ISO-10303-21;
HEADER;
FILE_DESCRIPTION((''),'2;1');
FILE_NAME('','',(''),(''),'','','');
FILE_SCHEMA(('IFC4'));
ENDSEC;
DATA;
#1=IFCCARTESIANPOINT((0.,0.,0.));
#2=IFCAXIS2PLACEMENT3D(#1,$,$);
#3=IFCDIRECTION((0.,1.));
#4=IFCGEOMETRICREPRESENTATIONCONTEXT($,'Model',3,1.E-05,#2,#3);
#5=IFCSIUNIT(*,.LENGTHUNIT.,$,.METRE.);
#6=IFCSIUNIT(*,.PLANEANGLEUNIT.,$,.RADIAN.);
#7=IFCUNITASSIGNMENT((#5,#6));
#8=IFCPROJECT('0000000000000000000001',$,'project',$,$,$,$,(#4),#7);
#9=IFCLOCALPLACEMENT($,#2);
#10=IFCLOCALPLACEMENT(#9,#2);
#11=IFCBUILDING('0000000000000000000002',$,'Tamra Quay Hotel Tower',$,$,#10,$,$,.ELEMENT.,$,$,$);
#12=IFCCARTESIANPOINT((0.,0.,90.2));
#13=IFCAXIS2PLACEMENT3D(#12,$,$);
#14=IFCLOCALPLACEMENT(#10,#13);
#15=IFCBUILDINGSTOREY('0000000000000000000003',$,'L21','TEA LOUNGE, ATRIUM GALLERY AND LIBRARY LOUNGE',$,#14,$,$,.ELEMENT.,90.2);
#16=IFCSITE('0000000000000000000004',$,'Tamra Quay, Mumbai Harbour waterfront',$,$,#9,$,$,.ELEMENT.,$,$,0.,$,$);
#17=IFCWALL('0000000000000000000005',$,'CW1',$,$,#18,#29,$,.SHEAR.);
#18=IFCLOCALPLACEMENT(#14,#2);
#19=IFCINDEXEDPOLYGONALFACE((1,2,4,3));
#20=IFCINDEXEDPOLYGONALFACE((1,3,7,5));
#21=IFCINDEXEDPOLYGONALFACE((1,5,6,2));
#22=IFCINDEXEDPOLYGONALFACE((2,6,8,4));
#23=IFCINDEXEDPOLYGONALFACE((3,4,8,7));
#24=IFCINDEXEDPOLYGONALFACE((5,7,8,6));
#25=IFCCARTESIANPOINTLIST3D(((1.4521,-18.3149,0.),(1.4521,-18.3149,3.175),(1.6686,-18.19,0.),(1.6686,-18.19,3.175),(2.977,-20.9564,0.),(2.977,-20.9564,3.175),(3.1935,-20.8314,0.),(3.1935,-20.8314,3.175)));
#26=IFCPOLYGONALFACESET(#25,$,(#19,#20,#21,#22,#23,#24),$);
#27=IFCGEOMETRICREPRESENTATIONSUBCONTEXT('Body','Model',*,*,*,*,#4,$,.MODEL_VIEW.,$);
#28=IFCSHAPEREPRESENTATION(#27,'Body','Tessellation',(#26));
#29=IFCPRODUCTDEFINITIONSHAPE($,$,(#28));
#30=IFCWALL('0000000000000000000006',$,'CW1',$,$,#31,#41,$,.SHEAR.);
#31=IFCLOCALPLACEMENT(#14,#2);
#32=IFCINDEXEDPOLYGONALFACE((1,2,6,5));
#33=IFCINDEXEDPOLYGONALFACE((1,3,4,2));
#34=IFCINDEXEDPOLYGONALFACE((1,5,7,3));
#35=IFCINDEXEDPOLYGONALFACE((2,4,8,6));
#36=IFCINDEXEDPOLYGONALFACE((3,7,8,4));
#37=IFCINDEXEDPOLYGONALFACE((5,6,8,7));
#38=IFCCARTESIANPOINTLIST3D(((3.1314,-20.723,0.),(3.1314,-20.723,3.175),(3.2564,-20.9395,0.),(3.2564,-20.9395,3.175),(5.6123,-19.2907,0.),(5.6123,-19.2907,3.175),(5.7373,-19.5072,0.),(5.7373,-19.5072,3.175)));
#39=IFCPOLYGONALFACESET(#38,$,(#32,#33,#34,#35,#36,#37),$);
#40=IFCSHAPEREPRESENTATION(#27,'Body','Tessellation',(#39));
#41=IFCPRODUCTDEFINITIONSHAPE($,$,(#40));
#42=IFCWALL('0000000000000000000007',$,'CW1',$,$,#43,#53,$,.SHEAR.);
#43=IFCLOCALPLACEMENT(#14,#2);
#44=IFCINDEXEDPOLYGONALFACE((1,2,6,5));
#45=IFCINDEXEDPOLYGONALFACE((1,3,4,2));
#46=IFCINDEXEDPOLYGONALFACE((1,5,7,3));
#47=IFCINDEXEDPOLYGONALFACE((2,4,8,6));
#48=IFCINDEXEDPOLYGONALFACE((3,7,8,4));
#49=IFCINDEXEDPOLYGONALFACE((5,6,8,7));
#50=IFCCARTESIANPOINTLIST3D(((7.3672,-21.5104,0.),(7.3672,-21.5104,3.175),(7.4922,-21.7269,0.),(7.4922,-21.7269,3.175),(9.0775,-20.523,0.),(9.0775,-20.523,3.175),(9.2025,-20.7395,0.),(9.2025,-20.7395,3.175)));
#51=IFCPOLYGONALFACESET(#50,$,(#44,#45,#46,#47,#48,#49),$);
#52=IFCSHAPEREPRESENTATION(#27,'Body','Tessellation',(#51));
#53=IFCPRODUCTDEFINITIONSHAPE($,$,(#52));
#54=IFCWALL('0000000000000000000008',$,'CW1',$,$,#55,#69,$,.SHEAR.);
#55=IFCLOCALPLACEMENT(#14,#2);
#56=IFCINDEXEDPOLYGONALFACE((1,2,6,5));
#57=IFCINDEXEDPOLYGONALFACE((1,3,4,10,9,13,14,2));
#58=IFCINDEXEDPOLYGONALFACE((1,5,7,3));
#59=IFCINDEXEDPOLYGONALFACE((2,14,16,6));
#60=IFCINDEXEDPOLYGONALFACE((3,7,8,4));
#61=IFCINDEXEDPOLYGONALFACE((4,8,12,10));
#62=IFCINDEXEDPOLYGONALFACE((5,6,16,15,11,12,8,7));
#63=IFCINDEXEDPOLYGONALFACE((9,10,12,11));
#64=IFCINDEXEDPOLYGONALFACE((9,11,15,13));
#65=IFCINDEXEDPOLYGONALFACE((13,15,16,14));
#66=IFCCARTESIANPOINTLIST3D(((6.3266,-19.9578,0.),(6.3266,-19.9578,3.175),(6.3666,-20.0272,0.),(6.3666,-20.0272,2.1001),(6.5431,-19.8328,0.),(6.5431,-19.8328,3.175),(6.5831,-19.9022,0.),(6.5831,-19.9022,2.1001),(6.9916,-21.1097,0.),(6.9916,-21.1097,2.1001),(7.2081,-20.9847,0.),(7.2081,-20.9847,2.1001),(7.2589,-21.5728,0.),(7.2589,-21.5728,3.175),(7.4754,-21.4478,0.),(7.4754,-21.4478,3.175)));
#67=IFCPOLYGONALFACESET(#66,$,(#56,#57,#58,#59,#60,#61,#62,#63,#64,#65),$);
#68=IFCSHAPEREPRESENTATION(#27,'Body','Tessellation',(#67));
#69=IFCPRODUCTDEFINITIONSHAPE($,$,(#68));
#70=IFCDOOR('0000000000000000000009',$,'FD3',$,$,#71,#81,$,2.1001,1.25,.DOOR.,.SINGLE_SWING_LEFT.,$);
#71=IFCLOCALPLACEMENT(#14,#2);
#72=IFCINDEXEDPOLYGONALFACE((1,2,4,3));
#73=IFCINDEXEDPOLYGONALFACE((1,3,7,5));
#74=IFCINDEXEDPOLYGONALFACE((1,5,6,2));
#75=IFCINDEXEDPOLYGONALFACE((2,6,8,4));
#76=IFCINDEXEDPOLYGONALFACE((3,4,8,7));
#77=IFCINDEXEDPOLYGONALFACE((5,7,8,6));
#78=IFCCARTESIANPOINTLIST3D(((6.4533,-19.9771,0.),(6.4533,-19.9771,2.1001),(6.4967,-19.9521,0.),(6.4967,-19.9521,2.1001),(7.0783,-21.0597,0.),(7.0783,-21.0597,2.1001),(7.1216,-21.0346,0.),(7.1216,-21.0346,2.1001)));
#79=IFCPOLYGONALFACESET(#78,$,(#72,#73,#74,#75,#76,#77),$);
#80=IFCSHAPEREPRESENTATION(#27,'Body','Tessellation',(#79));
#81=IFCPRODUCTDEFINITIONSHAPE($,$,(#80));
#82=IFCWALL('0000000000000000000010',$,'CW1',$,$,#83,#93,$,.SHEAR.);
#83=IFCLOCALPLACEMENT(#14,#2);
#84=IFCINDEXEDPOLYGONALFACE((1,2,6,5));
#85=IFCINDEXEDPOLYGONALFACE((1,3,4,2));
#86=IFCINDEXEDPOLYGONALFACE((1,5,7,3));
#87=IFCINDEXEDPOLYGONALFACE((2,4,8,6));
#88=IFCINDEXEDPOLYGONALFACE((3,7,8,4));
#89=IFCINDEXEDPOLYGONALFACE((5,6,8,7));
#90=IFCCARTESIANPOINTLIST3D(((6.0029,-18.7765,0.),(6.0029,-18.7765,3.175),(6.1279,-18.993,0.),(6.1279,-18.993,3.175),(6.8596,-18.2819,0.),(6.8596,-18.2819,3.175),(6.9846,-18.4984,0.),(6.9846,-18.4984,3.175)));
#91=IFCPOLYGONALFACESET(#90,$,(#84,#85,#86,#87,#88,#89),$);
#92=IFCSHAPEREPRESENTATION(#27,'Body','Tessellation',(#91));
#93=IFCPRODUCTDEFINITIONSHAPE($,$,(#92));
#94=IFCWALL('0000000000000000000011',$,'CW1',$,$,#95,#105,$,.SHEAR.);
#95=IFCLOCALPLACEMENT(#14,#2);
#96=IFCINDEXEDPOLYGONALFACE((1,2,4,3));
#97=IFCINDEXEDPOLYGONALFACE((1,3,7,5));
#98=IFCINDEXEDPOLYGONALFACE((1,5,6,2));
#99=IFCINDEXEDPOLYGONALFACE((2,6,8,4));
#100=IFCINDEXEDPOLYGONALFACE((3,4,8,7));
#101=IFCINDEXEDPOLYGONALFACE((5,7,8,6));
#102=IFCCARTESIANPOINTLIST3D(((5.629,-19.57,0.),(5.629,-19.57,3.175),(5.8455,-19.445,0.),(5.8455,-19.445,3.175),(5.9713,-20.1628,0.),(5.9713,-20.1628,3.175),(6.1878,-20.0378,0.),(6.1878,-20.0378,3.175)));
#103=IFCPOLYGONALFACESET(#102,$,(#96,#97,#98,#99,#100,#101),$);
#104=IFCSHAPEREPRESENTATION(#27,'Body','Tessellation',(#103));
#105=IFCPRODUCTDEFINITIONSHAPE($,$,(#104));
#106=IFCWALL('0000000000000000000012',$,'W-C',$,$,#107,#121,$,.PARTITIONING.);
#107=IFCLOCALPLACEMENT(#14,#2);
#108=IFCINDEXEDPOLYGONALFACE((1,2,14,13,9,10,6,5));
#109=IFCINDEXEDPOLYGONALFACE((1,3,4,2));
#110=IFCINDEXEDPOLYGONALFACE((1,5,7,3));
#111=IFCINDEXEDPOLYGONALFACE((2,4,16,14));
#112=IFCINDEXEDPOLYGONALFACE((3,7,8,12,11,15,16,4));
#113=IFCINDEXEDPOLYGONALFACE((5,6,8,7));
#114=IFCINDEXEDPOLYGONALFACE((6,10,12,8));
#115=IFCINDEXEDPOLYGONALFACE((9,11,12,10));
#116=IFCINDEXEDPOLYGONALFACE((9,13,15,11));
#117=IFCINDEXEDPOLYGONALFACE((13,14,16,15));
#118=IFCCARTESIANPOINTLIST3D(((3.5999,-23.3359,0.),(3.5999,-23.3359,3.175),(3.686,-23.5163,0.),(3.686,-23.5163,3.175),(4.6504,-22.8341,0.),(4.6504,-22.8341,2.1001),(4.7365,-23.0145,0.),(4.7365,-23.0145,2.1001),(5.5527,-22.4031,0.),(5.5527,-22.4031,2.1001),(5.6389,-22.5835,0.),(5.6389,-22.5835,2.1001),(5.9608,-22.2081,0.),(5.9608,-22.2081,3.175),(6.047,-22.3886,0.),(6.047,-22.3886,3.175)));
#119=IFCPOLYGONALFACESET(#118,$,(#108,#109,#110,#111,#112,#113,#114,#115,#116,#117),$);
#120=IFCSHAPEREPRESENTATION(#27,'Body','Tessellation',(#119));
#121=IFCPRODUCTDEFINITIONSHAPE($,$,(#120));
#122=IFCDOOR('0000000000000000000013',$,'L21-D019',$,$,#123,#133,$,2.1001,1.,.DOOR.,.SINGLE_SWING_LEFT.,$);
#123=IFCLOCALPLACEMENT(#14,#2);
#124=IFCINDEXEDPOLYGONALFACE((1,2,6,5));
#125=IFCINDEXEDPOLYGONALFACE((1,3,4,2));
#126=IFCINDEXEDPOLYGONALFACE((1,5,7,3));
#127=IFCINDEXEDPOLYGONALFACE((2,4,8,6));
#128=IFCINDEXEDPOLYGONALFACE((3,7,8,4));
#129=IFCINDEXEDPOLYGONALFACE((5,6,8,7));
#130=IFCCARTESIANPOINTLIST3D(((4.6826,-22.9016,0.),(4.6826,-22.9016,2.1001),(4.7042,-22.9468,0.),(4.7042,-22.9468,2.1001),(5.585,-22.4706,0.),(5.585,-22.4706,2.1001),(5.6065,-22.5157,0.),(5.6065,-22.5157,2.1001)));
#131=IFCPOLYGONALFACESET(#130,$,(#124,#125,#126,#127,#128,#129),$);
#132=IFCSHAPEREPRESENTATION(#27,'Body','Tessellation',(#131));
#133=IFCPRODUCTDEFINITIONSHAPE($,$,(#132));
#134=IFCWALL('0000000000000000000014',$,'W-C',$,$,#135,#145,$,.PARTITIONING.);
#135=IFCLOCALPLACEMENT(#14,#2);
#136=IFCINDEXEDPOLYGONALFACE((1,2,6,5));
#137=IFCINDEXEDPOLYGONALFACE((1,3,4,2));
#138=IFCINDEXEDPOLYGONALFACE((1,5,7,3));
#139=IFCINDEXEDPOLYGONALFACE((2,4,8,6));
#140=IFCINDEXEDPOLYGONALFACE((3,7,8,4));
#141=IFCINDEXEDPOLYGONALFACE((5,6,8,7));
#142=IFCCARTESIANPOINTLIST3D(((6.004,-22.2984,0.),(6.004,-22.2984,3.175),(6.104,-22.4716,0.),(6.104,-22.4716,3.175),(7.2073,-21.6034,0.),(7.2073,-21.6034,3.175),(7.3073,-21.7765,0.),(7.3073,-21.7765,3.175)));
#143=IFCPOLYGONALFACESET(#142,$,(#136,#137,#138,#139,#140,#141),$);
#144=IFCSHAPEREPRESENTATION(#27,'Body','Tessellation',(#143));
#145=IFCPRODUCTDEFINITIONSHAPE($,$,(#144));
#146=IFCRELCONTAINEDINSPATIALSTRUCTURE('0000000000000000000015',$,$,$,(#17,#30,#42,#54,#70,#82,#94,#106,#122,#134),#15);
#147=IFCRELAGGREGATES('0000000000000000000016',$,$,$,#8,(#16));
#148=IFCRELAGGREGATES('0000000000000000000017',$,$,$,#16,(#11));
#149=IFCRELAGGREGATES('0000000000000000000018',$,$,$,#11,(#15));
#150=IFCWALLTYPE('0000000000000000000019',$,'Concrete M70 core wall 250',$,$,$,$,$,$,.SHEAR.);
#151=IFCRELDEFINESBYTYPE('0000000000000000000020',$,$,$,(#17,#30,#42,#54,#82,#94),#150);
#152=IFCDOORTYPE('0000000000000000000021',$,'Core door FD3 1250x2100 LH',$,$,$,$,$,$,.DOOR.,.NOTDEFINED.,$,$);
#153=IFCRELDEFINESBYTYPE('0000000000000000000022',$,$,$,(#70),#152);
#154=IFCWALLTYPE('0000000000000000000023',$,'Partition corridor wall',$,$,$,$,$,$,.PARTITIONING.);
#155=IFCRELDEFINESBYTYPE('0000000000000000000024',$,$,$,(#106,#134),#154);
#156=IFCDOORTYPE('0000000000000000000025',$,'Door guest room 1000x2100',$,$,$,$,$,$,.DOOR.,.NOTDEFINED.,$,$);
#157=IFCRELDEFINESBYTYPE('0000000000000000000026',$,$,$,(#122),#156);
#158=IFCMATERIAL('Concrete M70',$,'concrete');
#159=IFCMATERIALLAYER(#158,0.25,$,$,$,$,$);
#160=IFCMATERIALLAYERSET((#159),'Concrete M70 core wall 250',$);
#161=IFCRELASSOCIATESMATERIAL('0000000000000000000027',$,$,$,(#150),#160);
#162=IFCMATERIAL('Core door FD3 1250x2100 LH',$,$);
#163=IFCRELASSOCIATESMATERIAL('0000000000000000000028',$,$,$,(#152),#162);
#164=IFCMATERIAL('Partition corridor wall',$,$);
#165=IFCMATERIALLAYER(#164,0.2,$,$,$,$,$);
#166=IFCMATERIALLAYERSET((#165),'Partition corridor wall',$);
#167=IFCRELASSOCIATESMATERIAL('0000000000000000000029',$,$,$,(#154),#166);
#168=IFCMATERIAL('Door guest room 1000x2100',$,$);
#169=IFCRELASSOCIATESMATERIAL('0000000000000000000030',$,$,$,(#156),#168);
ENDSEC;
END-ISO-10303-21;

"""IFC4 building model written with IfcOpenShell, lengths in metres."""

from ifc_helpers import new_model, si_unit, direction, frame, frame_2d, origin, place, context, subcontext, project, spatial, rectangle, extrude, material, layer, layer_set, type_object, element, fill, save


model = new_model("IFC4")

# Units and contexts
model_context = context("Model", 3, precision=1e-05, world=origin(), true_north=direction((0.0, 1.0)))
body_context = subcontext(model_context, "Body", "Model", "MODEL_VIEW")
ifc_project = project(units=[si_unit("LENGTHUNIT", "METRE"), si_unit("PLANEANGLEUNIT", "RADIAN")], contexts=[model_context])

# Site, building, storey
site_placement = place(None, origin())
site = spatial("IfcSite", under=ifc_project, at=site_placement, Name="Tamra Quay, Mumbai Harbour waterfront", CompositionType="ELEMENT", RefElevation=0.0)
building_placement = place(site_placement, origin())
building = spatial("IfcBuilding", under=site, at=building_placement, Name="Tamra Quay Hotel Tower", CompositionType="ELEMENT")
storey_placement = place(building_placement, frame((0.0, 0.0, 90.2)))
storey = spatial("IfcBuildingStorey", under=building, at=storey_placement, Name="L21", Description="TEA LOUNGE, ATRIUM GALLERY AND LIBRARY LOUNGE", CompositionType="ELEMENT", Elevation=90.2)

# Shared definitions
ifc_material_1 = material(Name="Concrete M70", Category="concrete")

# Walls
ifc_layer_1 = layer(ifc_material_1, 0.25)
ifc_layer_set_1 = layer_set([ifc_layer_1], Name="Concrete M70 core wall 250")
wall_type_1 = type_object("IfcWallType", Name="Concrete M70 core wall 250", PredefinedType="SHEAR", material=ifc_layer_set_1)
wall_1_placement = place(storey_placement, frame((3.0852, -20.8938, 0.0), z_axis=(0.0, 0.0, 1.0), x_axis=(-0.499979, 0.866038, 0.0)))
element("IfcWall", 1, at=wall_1_placement, inside=storey, type_object=wall_type_1, Name="CW1", PredefinedType="SHEAR", context=body_context, shape_type="SweptSolid", body=[
    extrude(rectangle(XDim=3.05, YDim=0.25, at=frame_2d((1.5249, 0.0))), origin(), (0.0, 0.0, 1.0), 3.175),
])
wall_2_placement = place(storey_placement, frame((5.6748, -19.3989, 0.0), z_axis=(0.0, 0.0, 1.0), x_axis=(-0.866027, -0.499998, 0.0)))
element("IfcWall", 2, at=wall_2_placement, inside=storey, type_object=wall_type_1, Name="CW1", PredefinedType="SHEAR", context=body_context, shape_type="SweptSolid", body=[
    extrude(rectangle(XDim=2.8647, YDim=0.25, at=frame_2d((1.4324, 0.0))), origin(), (0.0, 0.0, 1.0), 3.175),
])
wall_3_placement = place(storey_placement, frame((9.1399, -20.6313, 0.0), z_axis=(0.0, 0.0, 1.0), x_axis=(-0.866044, -0.499969, 0.0)))
element("IfcWall", 3, at=wall_3_placement, inside=storey, type_object=wall_type_1, Name="CW1", PredefinedType="SHEAR", context=body_context, shape_type="SweptSolid", body=[
    extrude(rectangle(XDim=1.9749, YDim=0.25, at=frame_2d((0.9873, 0.0))), origin(), (0.0, 0.0, 1.0), 3.175),
])

# Wall, opening, door
wall_4_placement = place(storey_placement, frame((7.3672, -21.5103, 0.0), z_axis=(0.0, 0.0, 1.0), x_axis=(-0.499983, 0.866035, 0.0)))
wall_4 = element("IfcWall", 4, at=wall_4_placement, inside=storey, type_object=wall_type_1, Name="CW1", PredefinedType="SHEAR", context=body_context, shape_type="SweptSolid", body=[
    extrude(rectangle(XDim=1.8647, YDim=0.25, at=frame_2d((0.9324, 0.0))), origin(), (0.0, 0.0, 1.0), 3.175),
])
opening_1_placement = place(wall_4_placement, frame((0.5347, 0.0, 0.0)))
opening_1 = element("IfcOpeningElement", 5, at=opening_1_placement, cuts=wall_4, PredefinedType="OPENING", context=body_context, shape_type="SweptSolid", body=[
    extrude(rectangle(XDim=1.25, YDim=2.1001, at=frame_2d((0.625, 1.05))), frame((0.0, 0.135, 0.0), z_axis=(0.0, -1.0, 0.0), x_axis=(1.0, 0.0, 0.0)), (0.0, 0.0, 1.0), 0.27),
])
ifc_material_2 = material(Name="Core door FD3 1250x2100 LH")
door_type_1 = type_object("IfcDoorType", Name="Core door FD3 1250x2100 LH", OperationType="NOTDEFINED", PredefinedType="DOOR", material=ifc_material_2)
door_1_placement = place(opening_1_placement, origin())
door_1 = element("IfcDoor", 6, at=door_1_placement, inside=storey, type_object=door_type_1, Name="FD3", OperationType="SINGLE_SWING_LEFT", OverallHeight=2.1001, OverallWidth=1.25, PredefinedType="DOOR", context=body_context, shape_type="SweptSolid", body=[
    extrude(rectangle(XDim=1.25, YDim=2.1001, at=frame_2d((0.625, 1.05))), frame((0.0, 0.0249, 0.0), z_axis=(0.0, -1.0, 0.0), x_axis=(1.0, 0.0, 0.0)), (0.0, 0.0, 1.0), 0.05),
])
fill(opening_1, door_1)

# Walls
wall_5_placement = place(storey_placement, frame((6.0654, -18.8848, 0.0), z_axis=(0.0, 0.0, 1.0), x_axis=(0.866017, 0.500014, 0.0)))
element("IfcWall", 7, at=wall_5_placement, inside=storey, type_object=wall_type_1, Name="CW1", PredefinedType="SHEAR", context=body_context, shape_type="SweptSolid", body=[
    extrude(rectangle(XDim=0.9893, YDim=0.25, at=frame_2d((0.4946, 0.0))), origin(), (0.0, 0.0, 1.0), 3.175),
])
wall_6_placement = place(storey_placement, frame((6.0796, -20.1003, 0.0), z_axis=(0.0, 0.0, 1.0), x_axis=(-0.500052, 0.865996, 0.0)))
element("IfcWall", 8, at=wall_6_placement, inside=storey, type_object=wall_type_1, Name="CW1", PredefinedType="SHEAR", context=body_context, shape_type="SweptSolid", body=[
    extrude(rectangle(XDim=0.6846, YDim=0.25, at=frame_2d((0.3423, 0.0))), origin(), (0.0, 0.0, 1.0), 3.175),
])

# Wall, opening, door
ifc_material_3 = material(Name="Partition corridor wall")
ifc_layer_2 = layer(ifc_material_3, 0.2)
ifc_layer_set_2 = layer_set([ifc_layer_2], Name="Partition corridor wall")
wall_type_2 = type_object("IfcWallType", Name="Partition corridor wall", PredefinedType="PARTITIONING", material=ifc_layer_set_2)
wall_7_placement = place(storey_placement, frame((3.6431, -23.426, 0.0), z_axis=(0.0, 0.0, 1.0), x_axis=(0.902344, 0.431016, 0.0)))
wall_7 = element("IfcWall", 9, at=wall_7_placement, inside=storey, type_object=wall_type_2, Name="W-C", PredefinedType="PARTITIONING", context=body_context, shape_type="SweptSolid", body=[
    extrude(rectangle(XDim=2.6165, YDim=0.2, at=frame_2d((1.3081, 0.0))), origin(), (0.0, 0.0, 1.0), 3.175),
])
opening_2_placement = place(wall_7_placement, frame((1.1641, 0.0, 0.0)))
opening_2 = element("IfcOpeningElement", 10, at=opening_2_placement, cuts=wall_7, PredefinedType="OPENING", context=body_context, shape_type="SweptSolid", body=[
    extrude(rectangle(XDim=1.0, YDim=2.1001, at=frame_2d((0.5, 1.05))), frame((0.0, 0.1099, 0.0), z_axis=(0.0, -1.0, 0.0), x_axis=(1.0, 0.0, 0.0)), (0.0, 0.0, 1.0), 0.22),
])
ifc_material_4 = material(Name="Door guest room 1000x2100")
door_type_2 = type_object("IfcDoorType", Name="Door guest room 1000x2100", OperationType="NOTDEFINED", PredefinedType="DOOR", material=ifc_material_4)
door_2_placement = place(opening_2_placement, frame((1.0, 0.0, 0.0), z_axis=(0.0, 0.0, 1.0), x_axis=(-1.0, 0.0, 0.0)))
door_2 = element("IfcDoor", 11, at=door_2_placement, inside=storey, type_object=door_type_2, Name="L21-D019", OperationType="SINGLE_SWING_LEFT", OverallHeight=2.1001, OverallWidth=1.0, PredefinedType="DOOR", context=body_context, shape_type="SweptSolid", body=[
    extrude(rectangle(XDim=1.0, YDim=2.1001, at=frame_2d((0.5, 1.05))), frame((0.0, 0.0249, 0.0), z_axis=(0.0, -1.0, 0.0), x_axis=(1.0, 0.0, 0.0)), (0.0, 0.0, 1.0), 0.05),
])
fill(opening_2, door_2)

# Wall
wall_8_placement = place(storey_placement, frame((6.054, -22.385, 0.0), z_axis=(0.0, 0.0, 1.0), x_axis=(0.865931, 0.500163, 0.0)))
element("IfcWall", 12, at=wall_8_placement, inside=storey, type_object=wall_type_2, Name="W-C", PredefinedType="PARTITIONING", context=body_context, shape_type="SweptSolid", body=[
    extrude(rectangle(XDim=1.3896, YDim=0.2, at=frame_2d((0.6948, 0.0))), origin(), (0.0, 0.0, 1.0), 3.175),
])

save(model, "model.ifc")
